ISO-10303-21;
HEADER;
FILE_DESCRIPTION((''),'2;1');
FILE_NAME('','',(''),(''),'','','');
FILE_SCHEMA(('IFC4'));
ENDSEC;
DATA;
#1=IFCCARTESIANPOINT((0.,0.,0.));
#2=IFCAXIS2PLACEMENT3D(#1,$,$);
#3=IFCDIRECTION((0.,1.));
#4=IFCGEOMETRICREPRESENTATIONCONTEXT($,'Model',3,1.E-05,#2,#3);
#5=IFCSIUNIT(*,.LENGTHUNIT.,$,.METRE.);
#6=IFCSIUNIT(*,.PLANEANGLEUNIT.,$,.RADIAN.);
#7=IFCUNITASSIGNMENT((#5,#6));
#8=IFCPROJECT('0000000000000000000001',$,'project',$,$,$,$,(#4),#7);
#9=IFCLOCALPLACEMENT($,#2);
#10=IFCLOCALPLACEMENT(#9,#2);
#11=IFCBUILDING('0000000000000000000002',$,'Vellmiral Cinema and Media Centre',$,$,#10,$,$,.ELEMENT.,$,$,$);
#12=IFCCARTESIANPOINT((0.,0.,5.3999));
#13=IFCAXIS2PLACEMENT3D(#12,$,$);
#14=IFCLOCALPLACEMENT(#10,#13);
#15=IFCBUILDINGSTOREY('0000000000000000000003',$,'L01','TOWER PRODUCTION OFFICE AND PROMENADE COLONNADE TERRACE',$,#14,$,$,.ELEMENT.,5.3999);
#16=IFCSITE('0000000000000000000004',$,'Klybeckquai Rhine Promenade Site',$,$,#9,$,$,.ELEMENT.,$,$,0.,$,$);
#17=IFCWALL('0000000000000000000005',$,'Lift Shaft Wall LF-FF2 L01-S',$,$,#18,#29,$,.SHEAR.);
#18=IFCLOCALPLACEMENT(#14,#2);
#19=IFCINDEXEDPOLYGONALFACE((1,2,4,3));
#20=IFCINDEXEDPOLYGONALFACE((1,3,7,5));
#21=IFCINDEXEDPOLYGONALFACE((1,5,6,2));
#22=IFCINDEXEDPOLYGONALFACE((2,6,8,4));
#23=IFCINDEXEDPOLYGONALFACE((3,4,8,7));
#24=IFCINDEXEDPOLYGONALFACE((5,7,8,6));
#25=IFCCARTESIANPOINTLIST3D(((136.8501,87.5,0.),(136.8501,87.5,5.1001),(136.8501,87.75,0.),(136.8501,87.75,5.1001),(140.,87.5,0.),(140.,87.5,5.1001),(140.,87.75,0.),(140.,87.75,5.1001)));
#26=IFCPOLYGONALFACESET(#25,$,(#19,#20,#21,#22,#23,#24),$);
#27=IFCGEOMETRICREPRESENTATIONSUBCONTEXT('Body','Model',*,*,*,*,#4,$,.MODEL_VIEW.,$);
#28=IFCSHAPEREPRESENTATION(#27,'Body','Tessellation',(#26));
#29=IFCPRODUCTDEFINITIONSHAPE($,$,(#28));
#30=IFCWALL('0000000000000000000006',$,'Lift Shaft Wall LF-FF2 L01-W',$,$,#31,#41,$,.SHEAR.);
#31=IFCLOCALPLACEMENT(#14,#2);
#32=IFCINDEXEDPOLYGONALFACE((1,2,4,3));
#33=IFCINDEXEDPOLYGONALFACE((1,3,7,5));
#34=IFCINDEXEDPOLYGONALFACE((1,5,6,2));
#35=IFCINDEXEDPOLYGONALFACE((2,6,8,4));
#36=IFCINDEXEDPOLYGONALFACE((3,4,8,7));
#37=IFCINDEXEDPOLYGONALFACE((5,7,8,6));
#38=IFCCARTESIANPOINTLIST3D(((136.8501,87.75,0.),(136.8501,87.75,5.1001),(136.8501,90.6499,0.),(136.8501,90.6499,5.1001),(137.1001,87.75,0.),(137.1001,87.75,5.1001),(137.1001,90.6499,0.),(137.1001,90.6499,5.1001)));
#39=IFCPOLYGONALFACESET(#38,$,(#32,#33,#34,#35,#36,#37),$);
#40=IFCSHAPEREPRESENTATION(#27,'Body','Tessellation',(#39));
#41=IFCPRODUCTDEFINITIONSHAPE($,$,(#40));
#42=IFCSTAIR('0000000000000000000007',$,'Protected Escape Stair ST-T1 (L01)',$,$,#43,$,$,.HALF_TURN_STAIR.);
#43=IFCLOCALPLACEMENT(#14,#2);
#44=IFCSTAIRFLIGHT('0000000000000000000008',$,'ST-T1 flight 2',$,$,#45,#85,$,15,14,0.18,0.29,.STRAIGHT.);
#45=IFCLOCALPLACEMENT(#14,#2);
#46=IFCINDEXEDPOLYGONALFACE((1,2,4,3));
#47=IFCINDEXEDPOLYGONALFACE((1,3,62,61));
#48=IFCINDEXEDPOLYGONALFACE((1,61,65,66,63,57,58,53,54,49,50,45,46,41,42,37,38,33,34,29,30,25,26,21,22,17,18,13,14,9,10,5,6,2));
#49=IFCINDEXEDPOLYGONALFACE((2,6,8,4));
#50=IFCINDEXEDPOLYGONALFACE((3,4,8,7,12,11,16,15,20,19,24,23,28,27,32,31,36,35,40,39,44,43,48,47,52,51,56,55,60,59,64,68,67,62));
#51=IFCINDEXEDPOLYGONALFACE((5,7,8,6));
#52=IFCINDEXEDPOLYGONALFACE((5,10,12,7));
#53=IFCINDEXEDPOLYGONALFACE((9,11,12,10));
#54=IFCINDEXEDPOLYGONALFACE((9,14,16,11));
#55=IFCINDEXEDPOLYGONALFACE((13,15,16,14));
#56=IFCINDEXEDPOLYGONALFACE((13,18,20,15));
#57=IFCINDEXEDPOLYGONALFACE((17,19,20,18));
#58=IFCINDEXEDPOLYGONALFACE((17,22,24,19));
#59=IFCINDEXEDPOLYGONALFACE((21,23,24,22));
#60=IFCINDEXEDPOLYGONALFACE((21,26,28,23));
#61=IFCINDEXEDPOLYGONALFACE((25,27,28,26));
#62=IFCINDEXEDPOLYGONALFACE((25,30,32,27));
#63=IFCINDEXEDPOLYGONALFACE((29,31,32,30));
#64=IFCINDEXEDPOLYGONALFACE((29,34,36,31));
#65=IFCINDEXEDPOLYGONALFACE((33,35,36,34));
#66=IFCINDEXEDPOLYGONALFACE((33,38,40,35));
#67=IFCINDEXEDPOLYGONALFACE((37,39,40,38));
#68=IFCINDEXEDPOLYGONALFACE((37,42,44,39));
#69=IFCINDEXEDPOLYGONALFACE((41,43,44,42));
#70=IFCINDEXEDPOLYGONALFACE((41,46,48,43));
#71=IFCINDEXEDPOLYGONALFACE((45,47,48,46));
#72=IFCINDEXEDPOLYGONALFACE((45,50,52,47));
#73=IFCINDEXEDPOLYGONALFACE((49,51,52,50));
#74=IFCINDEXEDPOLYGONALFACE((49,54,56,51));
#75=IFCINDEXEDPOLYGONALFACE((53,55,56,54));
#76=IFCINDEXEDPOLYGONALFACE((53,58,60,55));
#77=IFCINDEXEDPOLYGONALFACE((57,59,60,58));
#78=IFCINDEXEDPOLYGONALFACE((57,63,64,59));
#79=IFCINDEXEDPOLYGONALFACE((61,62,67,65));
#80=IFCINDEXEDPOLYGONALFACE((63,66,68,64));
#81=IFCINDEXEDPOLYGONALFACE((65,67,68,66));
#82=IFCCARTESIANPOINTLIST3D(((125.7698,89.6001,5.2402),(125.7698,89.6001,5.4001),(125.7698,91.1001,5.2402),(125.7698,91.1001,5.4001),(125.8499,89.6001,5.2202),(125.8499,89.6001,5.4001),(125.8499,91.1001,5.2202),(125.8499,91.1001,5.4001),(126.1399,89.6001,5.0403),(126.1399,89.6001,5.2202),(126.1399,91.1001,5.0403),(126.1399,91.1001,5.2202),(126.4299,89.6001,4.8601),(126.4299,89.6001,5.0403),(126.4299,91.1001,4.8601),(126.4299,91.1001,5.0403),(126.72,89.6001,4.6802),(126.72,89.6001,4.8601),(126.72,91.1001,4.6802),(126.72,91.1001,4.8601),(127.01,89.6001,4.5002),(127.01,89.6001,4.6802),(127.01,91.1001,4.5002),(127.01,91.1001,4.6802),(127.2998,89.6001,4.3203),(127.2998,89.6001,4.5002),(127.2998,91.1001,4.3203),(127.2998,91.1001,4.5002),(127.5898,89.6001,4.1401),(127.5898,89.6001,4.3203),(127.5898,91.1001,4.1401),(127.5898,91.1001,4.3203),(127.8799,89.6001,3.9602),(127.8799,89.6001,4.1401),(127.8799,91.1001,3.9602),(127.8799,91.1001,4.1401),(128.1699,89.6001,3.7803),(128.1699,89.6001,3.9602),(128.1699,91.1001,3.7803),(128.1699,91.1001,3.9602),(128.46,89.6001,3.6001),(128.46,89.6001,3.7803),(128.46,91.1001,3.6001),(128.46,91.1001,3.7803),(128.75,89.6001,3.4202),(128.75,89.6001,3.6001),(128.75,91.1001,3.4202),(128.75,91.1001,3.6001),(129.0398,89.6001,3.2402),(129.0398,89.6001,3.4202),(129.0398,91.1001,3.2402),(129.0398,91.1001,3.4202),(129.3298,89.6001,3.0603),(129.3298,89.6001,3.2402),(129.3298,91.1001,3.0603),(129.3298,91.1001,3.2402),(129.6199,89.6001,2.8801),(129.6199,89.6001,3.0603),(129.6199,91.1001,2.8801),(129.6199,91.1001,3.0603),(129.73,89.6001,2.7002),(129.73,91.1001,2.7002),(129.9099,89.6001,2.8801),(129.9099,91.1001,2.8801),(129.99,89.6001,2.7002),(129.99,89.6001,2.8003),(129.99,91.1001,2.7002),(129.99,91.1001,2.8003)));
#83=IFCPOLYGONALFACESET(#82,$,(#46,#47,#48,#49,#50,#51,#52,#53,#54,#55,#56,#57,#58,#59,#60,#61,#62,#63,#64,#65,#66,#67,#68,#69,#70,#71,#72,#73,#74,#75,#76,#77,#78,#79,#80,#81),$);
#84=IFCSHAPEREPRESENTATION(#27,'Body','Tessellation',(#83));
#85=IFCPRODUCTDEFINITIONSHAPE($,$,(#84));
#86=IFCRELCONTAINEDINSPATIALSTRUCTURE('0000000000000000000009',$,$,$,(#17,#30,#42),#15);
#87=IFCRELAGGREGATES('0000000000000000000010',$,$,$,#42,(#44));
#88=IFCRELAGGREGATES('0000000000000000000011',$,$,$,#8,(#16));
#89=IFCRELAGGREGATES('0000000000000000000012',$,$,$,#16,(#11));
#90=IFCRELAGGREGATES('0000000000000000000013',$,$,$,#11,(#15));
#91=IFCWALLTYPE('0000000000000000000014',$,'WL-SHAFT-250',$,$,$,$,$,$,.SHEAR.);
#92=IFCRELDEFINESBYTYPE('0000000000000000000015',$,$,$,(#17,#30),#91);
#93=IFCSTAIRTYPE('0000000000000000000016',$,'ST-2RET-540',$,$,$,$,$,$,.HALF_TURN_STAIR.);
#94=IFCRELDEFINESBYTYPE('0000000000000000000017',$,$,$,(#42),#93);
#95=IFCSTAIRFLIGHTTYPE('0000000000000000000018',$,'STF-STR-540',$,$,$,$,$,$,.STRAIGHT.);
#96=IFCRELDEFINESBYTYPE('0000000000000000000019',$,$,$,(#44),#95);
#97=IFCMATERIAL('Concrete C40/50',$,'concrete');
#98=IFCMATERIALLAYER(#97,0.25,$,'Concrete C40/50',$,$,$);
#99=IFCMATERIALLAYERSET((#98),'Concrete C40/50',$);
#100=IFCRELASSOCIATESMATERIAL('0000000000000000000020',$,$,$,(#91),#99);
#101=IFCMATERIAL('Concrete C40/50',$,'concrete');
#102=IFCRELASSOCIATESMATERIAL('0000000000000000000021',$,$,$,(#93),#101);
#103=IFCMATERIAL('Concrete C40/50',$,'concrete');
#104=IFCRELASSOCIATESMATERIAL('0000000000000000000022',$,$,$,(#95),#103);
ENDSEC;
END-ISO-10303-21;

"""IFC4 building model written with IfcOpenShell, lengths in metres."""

from ifc_helpers import new_model, si_unit, direction, frame, frame_2d, origin, place, context, subcontext, project, spatial, polyline, rectangle, outline, extrude, material, layer, layer_set, type_object, element, aggregate, save


model = new_model("IFC4")

# Units and contexts
model_context = context("Model", 3, precision=1e-05, world=origin(), true_north=direction((0.0, 1.0)))
body_context = subcontext(model_context, "Body", "Model", "MODEL_VIEW")
ifc_project = project(units=[si_unit("LENGTHUNIT", "METRE"), si_unit("PLANEANGLEUNIT", "RADIAN")], contexts=[model_context])

# Site, building, storey
site_placement = place(None, origin())
site = spatial("IfcSite", under=ifc_project, at=site_placement, Name="Klybeckquai Rhine Promenade Site", CompositionType="ELEMENT", RefElevation=0.0)
building_placement = place(site_placement, origin())
building = spatial("IfcBuilding", under=site, at=building_placement, Name="Vellmiral Cinema and Media Centre", CompositionType="ELEMENT")
storey_placement = place(building_placement, frame((0.0, 0.0, 5.3999)))
storey = spatial("IfcBuildingStorey", under=building, at=storey_placement, Name="L01", Description="TOWER PRODUCTION OFFICE AND PROMENADE COLONNADE TERRACE", CompositionType="ELEMENT", Elevation=5.3999)

# Shared definitions
ifc_material_1 = material(Name="Concrete C40/50", Category="concrete")
ifc_layer_1 = layer(ifc_material_1, 0.25, Name="Concrete C40/50")
ifc_layer_set_1 = layer_set([ifc_layer_1], Name="Concrete C40/50")
wall_type_1 = type_object("IfcWallType", Name="WL-SHAFT-250", PredefinedType="SHEAR", material=ifc_layer_set_1)

# Wall
wall_1_placement = place(storey_placement, frame((136.8501, 87.625, 0.0), z_axis=(0.0, 0.0, 1.0), x_axis=(1.0, 0.0, 0.0)))
element("IfcWall", 1, at=wall_1_placement, inside=storey, type_object=wall_type_1, Name="Lift Shaft Wall LF-FF2 L01-S", PredefinedType="SHEAR", context=body_context, shape_type="SweptSolid", body=[
    extrude(rectangle(XDim=3.1499, YDim=0.25, at=frame_2d((1.575, 0.0))), origin(), (0.0, 0.0, 1.0), 5.1001),
])

# Wall
wall_2_placement = place(storey_placement, frame((136.9751, 87.75, 0.0), z_axis=(0.0, 0.0, 1.0), x_axis=(0.0, 1.0, 0.0)))
element("IfcWall", 2, at=wall_2_placement, inside=storey, type_object=wall_type_1, Name="Lift Shaft Wall LF-FF2 L01-W", PredefinedType="SHEAR", context=body_context, shape_type="SweptSolid", body=[
    extrude(rectangle(XDim=2.8999, YDim=0.25, at=frame_2d((1.45, 0.0))), origin(), (0.0, 0.0, 1.0), 5.1001),
])

# Stair, stair flight
ifc_material_2 = material(Name="Concrete C40/50", Category="concrete")
stair_type = type_object("IfcStairType", Name="ST-2RET-540", PredefinedType="HALF_TURN_STAIR", material=ifc_material_2)
stair_placement = place(storey_placement, origin())
stair = element("IfcStair", 3, at=stair_placement, inside=storey, type_object=stair_type, Name="Protected Escape Stair ST-T1 (L01)", PredefinedType="HALF_TURN_STAIR")
ifc_material_3 = material(Name="Concrete C40/50", Category="concrete")
stair_flight_type = type_object("IfcStairFlightType", Name="STF-STR-540", PredefinedType="STRAIGHT", material=ifc_material_3)
stair_flight_placement = place(storey_placement, frame((129.9099, 90.3501, 2.7002), z_axis=(0.0, 0.0, 1.0), x_axis=(-1.0, 0.0, 0.0)))
stair_flight = element("IfcStairFlight", 4, at=stair_flight_placement, type_object=stair_flight_type, Name="ST-T1 flight 2", NumberOfRisers=15, NumberOfTreads=14, PredefinedType="STRAIGHT", RiserHeight=0.18, TreadLength=0.29, context=body_context, shape_type="SweptSolid", body=[
    extrude(outline(polyline([(-0.0801, 0.0), (-0.0801, 0.1001), (0.0, 0.1799), (0.29, 0.1799), (0.29, 0.3601), (0.5801, 0.3601), (0.5801, 0.54), (0.8701, 0.54), (0.8701, 0.72), (1.1599, 0.72), (1.1599, 0.8999), (1.45, 0.8999), (1.45, 1.0801), (1.74, 1.0801), (1.74, 1.26), (2.03, 1.26), (2.03, 1.4399), (2.3201, 1.4399), (2.3201, 1.6201), (2.6101, 1.6201), (2.6101, 1.8), (2.8999, 1.8), (2.8999, 1.98), (3.1899, 1.98), (3.1899, 2.1599), (3.48, 2.1599), (3.48, 2.3401), (3.77, 2.3401), (3.77, 2.52), (4.0601, 2.52), (4.0601, 2.7), (4.1401, 2.7), (4.1401, 2.54), (0.1799, 0.0), (-0.0801, 0.0)])), frame((0.0, 0.75, 0.0), z_axis=(0.0, -1.0, 0.0), x_axis=(1.0, 0.0, 0.0)), (0.0, 0.0, 1.0), 1.5),
])
aggregate(stair, [stair_flight])

save(model, "model.ifc")
